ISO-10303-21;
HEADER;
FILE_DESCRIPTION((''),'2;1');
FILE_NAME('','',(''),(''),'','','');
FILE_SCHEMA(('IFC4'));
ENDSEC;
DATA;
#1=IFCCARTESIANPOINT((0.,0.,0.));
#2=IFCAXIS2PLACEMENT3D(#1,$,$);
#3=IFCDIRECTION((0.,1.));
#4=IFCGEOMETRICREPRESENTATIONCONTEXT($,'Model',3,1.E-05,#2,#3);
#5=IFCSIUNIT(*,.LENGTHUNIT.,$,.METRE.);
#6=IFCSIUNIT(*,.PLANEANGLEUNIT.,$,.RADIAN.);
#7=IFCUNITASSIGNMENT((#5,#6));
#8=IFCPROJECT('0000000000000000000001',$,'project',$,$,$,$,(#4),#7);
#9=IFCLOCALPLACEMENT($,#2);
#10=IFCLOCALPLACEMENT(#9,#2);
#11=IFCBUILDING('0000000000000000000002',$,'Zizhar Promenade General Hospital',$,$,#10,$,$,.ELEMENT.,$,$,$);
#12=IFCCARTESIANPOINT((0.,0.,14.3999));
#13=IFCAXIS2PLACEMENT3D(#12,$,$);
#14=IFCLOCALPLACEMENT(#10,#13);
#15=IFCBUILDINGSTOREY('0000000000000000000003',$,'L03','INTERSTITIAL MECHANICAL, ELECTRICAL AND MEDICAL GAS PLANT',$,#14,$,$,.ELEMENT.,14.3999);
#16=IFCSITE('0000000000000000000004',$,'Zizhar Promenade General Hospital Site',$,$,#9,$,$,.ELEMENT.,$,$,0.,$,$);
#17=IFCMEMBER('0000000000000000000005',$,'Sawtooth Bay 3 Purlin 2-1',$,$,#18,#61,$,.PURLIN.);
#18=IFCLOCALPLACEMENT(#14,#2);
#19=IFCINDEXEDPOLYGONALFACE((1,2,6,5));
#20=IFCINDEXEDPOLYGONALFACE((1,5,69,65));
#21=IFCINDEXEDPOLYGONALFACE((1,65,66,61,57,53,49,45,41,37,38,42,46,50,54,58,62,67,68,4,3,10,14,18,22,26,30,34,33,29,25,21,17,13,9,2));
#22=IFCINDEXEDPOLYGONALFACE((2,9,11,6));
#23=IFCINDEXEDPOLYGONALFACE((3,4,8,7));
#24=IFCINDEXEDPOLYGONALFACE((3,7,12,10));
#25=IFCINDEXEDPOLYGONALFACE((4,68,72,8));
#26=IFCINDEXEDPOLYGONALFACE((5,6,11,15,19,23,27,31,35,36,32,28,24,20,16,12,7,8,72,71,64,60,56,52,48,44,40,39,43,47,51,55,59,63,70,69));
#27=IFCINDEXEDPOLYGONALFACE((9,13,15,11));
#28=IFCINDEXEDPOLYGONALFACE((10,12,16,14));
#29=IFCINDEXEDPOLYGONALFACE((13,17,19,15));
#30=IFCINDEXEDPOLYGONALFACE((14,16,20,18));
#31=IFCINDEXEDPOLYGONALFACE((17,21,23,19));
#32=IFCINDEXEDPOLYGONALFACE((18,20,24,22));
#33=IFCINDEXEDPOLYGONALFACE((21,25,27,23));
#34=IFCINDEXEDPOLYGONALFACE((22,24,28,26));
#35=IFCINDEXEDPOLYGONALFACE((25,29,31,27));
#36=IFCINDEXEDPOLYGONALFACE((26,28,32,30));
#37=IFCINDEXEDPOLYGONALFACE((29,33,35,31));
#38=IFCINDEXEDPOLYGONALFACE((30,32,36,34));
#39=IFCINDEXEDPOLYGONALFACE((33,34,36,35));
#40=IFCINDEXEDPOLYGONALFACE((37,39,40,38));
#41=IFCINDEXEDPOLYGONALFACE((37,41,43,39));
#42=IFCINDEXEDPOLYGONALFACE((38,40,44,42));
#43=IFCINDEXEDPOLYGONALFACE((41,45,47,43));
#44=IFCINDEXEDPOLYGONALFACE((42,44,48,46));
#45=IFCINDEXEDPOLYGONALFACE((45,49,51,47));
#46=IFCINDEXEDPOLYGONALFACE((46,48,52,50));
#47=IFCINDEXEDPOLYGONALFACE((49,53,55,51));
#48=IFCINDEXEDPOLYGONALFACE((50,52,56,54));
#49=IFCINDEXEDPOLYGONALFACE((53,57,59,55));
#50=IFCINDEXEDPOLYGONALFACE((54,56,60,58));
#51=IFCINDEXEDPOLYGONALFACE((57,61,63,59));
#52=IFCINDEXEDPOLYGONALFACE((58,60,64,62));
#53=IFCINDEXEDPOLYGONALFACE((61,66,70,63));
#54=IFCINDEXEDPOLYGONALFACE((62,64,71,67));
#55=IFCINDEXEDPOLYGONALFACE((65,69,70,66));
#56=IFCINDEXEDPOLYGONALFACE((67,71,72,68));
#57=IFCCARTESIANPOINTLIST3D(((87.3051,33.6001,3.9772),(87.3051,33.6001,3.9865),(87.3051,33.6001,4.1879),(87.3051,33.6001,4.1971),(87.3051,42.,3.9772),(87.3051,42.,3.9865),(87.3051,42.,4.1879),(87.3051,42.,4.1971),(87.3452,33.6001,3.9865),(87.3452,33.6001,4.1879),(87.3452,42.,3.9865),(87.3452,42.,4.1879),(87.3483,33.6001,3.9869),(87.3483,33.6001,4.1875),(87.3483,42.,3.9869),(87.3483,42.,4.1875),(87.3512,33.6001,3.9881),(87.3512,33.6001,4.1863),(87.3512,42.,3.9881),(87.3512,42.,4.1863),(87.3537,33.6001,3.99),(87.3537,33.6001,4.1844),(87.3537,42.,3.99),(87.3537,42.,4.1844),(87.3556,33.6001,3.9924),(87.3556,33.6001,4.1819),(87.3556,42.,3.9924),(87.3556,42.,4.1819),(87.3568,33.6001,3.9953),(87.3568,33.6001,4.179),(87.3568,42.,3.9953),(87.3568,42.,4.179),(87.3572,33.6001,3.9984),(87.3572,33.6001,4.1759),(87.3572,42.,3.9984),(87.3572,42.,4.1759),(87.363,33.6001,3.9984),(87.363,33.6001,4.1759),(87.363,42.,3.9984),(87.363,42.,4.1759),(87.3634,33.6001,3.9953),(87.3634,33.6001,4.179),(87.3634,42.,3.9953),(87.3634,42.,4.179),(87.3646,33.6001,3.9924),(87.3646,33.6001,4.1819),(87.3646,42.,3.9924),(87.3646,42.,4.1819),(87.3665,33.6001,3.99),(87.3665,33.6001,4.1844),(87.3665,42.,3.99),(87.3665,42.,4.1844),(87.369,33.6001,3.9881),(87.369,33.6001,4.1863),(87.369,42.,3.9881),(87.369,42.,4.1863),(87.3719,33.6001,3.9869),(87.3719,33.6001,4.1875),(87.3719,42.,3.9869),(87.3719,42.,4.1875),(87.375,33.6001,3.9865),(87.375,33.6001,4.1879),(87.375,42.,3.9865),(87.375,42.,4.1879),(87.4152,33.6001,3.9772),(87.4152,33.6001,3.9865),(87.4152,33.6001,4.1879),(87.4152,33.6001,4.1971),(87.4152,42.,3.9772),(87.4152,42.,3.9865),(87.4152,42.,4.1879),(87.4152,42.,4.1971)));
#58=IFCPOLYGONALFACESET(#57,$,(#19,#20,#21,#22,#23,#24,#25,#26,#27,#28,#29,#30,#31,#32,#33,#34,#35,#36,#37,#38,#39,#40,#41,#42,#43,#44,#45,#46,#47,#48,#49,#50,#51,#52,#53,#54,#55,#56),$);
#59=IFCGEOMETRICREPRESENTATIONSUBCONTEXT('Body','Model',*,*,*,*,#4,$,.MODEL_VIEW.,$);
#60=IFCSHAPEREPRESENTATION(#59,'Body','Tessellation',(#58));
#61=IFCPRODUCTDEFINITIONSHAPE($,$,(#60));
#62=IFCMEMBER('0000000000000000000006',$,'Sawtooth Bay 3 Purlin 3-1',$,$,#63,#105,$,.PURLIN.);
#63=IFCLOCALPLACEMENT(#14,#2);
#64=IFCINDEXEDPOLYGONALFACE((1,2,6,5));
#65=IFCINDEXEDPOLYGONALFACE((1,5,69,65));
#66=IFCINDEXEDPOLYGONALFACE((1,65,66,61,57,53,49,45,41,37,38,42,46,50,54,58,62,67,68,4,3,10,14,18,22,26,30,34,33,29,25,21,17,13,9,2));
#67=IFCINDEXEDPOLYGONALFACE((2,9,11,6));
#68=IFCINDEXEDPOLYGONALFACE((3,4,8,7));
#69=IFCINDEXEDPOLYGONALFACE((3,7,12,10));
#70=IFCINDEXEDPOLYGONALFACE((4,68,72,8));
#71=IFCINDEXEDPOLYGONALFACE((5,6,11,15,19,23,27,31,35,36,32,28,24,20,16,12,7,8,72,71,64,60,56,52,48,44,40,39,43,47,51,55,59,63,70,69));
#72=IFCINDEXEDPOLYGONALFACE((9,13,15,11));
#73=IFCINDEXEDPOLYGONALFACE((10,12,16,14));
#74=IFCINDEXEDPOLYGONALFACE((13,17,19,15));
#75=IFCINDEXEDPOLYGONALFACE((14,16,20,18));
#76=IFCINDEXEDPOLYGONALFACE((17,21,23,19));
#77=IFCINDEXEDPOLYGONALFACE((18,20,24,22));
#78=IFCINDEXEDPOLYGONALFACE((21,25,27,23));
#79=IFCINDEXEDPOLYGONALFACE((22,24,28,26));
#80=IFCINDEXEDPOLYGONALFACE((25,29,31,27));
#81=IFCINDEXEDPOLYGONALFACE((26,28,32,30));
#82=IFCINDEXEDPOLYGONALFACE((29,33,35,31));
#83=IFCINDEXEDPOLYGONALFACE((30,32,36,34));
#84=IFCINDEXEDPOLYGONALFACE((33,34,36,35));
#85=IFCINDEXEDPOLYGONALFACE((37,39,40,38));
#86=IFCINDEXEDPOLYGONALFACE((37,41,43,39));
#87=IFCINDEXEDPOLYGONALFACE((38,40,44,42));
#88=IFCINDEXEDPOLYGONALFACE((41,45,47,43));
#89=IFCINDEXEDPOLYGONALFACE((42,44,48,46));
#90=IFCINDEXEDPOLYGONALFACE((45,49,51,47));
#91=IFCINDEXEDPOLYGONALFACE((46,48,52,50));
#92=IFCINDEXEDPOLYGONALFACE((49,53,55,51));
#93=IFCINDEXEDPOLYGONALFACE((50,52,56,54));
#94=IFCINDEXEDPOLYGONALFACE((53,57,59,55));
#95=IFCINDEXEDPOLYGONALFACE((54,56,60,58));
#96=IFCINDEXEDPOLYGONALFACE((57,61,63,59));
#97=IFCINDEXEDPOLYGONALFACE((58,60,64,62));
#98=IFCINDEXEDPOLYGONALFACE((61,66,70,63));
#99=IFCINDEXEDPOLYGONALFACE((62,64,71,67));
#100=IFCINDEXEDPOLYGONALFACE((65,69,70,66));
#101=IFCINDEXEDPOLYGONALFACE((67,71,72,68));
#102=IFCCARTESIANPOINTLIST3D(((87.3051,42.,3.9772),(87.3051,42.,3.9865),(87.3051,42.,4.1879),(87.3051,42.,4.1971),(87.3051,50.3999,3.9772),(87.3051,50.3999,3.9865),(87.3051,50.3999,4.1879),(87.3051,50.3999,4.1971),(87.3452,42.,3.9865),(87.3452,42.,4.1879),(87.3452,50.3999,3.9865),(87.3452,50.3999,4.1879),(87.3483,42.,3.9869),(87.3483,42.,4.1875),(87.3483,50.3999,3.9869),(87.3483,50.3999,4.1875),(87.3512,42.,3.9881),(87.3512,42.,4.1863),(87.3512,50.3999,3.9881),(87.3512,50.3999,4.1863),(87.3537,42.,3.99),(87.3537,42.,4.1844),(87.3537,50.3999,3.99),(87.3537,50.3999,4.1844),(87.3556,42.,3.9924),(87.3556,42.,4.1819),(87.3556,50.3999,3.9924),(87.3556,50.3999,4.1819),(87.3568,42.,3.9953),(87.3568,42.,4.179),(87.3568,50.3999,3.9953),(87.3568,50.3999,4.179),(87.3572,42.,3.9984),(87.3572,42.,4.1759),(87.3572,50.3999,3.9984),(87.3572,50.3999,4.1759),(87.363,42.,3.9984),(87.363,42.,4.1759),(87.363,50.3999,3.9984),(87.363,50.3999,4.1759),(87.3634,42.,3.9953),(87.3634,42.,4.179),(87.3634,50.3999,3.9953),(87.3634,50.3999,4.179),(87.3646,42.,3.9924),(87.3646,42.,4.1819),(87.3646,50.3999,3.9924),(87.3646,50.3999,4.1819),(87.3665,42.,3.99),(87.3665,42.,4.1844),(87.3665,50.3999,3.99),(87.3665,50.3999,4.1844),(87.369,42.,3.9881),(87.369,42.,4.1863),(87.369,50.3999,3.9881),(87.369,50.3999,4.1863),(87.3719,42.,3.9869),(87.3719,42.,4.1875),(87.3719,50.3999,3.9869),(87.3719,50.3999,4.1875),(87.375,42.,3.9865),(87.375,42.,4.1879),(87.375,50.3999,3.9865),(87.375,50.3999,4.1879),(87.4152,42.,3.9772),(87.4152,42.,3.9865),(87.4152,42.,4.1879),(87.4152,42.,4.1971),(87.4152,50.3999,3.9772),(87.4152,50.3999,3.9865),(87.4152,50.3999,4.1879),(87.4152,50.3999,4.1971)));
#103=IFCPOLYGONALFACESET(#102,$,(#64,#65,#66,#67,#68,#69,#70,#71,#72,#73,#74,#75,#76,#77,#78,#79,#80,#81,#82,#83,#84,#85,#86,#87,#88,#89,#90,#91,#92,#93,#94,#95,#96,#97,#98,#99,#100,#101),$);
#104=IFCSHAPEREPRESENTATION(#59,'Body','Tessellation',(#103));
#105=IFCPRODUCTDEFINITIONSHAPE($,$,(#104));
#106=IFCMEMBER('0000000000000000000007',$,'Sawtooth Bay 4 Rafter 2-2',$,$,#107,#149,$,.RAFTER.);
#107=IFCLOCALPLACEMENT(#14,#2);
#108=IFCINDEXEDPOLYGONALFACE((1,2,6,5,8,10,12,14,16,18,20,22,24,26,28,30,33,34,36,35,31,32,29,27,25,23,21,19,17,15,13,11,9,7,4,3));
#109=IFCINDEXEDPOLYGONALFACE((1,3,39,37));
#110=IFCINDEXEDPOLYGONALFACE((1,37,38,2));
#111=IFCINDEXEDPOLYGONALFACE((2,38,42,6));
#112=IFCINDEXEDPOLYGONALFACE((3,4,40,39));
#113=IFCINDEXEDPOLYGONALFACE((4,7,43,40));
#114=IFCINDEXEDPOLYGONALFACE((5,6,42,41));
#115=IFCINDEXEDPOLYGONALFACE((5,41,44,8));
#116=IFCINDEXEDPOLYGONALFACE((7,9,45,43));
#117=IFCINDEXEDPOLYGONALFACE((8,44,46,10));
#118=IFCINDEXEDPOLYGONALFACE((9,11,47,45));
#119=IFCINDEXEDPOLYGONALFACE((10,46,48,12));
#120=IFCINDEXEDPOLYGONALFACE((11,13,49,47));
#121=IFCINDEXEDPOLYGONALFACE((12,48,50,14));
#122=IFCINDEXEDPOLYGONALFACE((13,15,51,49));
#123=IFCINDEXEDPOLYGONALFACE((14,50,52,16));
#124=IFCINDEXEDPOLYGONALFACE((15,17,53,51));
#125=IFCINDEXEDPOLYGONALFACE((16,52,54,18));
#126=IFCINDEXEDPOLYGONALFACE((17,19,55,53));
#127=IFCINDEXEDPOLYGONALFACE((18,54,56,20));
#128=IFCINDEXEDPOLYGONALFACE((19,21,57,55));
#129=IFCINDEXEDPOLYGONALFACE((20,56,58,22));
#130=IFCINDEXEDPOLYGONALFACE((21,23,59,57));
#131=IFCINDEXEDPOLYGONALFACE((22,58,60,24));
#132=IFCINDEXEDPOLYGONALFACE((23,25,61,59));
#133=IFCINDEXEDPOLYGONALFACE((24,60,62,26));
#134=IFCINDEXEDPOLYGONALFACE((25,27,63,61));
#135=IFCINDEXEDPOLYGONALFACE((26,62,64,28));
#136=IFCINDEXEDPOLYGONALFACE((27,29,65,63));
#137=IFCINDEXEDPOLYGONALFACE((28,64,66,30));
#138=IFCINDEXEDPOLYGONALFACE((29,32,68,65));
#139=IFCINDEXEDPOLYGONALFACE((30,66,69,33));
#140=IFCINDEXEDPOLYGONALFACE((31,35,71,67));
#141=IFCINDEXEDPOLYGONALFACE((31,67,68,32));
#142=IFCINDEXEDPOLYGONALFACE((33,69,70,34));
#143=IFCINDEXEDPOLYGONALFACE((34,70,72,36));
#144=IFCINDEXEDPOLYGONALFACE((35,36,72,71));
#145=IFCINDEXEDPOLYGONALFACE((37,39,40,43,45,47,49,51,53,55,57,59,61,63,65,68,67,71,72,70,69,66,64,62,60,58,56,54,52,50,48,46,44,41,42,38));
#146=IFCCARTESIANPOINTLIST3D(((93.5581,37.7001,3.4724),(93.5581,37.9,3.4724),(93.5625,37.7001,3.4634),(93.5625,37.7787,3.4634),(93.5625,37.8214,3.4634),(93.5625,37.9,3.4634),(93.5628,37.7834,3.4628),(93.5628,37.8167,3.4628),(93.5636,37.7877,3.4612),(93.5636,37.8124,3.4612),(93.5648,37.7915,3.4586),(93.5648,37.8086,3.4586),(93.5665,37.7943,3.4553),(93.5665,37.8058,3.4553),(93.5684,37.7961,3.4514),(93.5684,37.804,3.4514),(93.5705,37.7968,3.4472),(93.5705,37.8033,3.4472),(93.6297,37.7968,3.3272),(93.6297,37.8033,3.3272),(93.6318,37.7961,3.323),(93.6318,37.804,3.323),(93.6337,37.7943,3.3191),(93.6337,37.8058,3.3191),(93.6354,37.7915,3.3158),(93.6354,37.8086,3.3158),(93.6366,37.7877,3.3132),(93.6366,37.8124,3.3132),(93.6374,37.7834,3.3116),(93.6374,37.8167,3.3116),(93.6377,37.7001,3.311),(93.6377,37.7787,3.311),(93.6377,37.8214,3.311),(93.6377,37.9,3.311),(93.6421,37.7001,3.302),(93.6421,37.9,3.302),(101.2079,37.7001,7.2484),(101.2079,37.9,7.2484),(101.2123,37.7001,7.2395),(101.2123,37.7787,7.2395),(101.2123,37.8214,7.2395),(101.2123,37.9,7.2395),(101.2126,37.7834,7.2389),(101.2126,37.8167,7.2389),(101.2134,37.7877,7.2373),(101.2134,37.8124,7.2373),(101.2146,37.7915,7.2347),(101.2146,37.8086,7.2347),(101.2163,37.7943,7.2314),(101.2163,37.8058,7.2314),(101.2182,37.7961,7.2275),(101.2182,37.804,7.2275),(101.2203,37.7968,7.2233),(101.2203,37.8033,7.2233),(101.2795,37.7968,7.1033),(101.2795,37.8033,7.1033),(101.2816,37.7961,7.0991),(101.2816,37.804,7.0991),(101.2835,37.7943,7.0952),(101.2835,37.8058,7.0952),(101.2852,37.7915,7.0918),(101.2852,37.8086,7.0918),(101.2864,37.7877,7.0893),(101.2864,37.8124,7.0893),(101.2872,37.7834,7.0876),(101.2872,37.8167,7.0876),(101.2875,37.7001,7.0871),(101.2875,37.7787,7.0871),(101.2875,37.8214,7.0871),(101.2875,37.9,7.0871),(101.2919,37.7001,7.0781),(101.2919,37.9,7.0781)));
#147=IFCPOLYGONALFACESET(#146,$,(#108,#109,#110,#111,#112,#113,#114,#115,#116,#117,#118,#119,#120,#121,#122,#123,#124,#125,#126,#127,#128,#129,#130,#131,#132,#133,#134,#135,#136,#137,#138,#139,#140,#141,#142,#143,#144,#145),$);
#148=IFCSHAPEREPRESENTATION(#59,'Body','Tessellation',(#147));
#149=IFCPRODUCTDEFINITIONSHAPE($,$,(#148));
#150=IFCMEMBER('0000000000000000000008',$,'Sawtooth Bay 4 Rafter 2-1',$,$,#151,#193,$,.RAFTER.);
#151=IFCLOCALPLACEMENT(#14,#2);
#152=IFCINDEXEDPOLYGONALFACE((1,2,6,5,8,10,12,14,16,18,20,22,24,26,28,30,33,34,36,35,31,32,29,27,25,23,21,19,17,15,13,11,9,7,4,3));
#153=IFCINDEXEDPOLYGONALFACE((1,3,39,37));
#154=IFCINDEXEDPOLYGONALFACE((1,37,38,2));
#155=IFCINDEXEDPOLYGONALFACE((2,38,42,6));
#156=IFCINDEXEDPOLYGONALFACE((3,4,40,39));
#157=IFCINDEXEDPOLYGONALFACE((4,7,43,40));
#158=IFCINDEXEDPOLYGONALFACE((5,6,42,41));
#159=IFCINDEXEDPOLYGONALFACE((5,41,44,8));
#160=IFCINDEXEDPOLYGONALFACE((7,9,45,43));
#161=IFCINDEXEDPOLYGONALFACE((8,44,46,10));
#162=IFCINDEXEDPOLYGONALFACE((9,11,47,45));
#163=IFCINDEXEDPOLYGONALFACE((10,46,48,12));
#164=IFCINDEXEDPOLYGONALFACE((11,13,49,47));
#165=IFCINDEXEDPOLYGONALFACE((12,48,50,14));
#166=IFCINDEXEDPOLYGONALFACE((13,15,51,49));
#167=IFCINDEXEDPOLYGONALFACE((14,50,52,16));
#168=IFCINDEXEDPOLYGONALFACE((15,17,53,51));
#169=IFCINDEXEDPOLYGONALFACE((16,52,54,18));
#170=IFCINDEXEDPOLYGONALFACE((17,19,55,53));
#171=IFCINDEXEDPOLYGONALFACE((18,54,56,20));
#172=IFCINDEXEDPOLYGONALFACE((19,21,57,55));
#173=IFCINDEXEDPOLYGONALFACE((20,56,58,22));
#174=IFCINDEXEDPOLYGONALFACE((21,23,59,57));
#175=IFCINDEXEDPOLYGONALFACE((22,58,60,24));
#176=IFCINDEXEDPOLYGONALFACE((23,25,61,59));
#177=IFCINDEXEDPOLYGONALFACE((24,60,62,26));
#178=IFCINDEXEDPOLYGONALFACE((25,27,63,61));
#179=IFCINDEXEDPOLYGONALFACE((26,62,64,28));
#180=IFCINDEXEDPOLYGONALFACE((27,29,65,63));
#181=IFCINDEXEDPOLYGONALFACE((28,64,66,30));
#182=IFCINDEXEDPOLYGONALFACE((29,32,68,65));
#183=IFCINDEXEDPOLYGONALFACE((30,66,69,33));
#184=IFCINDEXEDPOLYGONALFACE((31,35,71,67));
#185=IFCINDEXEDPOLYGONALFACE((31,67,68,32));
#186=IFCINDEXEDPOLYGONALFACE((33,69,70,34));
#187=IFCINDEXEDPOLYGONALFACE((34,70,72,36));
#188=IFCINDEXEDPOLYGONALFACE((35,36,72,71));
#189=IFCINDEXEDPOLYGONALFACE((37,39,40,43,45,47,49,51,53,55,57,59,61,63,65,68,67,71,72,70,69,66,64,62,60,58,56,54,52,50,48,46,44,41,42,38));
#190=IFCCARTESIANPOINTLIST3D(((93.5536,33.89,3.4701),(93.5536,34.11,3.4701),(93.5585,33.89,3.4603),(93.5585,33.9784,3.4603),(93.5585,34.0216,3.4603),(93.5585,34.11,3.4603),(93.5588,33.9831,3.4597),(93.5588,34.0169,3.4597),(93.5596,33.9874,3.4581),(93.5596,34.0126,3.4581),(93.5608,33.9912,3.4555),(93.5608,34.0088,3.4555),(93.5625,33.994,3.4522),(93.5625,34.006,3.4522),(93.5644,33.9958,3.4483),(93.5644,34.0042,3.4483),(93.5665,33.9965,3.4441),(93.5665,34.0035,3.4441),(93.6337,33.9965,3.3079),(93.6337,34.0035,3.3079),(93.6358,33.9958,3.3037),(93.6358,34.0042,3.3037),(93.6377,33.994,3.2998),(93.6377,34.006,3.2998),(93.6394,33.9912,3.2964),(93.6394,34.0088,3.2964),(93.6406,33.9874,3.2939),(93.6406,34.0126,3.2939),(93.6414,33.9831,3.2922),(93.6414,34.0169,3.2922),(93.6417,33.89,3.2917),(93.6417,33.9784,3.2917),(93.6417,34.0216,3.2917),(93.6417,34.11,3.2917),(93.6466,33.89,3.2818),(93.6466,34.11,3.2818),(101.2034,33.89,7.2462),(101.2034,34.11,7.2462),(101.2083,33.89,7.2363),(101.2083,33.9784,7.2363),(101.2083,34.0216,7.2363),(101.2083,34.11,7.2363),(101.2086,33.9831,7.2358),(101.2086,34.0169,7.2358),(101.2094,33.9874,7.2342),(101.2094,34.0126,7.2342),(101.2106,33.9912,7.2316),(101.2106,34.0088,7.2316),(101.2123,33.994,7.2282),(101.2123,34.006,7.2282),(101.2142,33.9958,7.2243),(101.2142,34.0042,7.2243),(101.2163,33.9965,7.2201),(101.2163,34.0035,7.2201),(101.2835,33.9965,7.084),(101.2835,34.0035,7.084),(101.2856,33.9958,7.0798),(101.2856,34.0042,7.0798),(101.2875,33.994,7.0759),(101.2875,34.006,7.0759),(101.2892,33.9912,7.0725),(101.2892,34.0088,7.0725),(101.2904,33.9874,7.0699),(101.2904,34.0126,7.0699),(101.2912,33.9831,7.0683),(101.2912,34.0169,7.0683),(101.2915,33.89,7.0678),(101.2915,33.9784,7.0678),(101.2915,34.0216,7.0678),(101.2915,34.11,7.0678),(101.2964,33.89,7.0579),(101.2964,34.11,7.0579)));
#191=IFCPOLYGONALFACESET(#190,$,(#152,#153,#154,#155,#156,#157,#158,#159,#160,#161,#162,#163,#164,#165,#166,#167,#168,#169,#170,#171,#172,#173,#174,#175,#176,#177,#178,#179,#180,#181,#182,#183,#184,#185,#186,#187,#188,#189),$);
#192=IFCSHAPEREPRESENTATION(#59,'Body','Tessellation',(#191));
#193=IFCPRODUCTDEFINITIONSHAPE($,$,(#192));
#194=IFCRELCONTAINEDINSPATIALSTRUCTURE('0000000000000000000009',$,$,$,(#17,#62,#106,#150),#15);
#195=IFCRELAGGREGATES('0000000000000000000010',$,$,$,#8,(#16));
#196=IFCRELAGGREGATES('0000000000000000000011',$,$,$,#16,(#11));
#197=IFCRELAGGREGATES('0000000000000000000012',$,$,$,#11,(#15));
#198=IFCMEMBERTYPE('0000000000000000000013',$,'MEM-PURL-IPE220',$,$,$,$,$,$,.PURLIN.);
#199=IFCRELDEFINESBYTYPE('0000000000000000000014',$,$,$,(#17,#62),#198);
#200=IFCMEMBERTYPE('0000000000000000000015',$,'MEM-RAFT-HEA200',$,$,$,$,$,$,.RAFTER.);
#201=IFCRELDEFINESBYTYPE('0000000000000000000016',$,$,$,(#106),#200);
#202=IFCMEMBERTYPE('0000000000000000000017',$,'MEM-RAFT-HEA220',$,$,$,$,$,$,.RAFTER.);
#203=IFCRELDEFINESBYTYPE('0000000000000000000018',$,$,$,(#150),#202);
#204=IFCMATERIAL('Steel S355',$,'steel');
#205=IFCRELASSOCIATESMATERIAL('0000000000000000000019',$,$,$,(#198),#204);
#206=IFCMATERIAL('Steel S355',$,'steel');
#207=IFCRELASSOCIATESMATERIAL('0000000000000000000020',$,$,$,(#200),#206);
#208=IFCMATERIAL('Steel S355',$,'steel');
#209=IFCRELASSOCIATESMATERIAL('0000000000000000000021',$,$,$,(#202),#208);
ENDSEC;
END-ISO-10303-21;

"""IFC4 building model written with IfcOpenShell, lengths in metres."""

from ifc_helpers import new_model, si_unit, direction, frame, origin, origin_2d, place, context, subcontext, project, spatial, i_section, extrude, material, material_profile, profile_set, type_object, element, save


model = new_model("IFC4")

# Units and contexts
model_context = context("Model", 3, precision=1e-05, world=origin(), true_north=direction((0.0, 1.0)))
body_context = subcontext(model_context, "Body", "Model", "MODEL_VIEW")
ifc_project = project(units=[si_unit("LENGTHUNIT", "METRE"), si_unit("PLANEANGLEUNIT", "RADIAN")], contexts=[model_context])

# Site, building, storey
site_placement = place(None, origin())
site = spatial("IfcSite", under=ifc_project, at=site_placement, Name="Zizhar Promenade General Hospital Site", CompositionType="ELEMENT", RefElevation=0.0)
building_placement = place(site_placement, origin())
building = spatial("IfcBuilding", under=site, at=building_placement, Name="Zizhar Promenade General Hospital", CompositionType="ELEMENT")
storey_placement = place(building_placement, frame((0.0, 0.0, 14.3999)))
storey = spatial("IfcBuildingStorey", under=building, at=storey_placement, Name="L03", Description="INTERSTITIAL MECHANICAL, ELECTRICAL AND MEDICAL GAS PLANT", CompositionType="ELEMENT", Elevation=14.3999)

# Members
ifc_material_1 = material(Name="Steel S355", Category="steel")
ifc_material_profile_1 = material_profile(ifc_material_1, i_section(OverallWidth=0.1101, OverallDepth=0.22, WebThickness=0.0059, FlangeThickness=0.0093, FilletRadius=0.012, at=origin_2d()))
ifc_profile_set_1 = profile_set([ifc_material_profile_1], Name="Steel S355")
member_type_1 = type_object("IfcMemberType", Name="MEM-PURL-IPE220", PredefinedType="PURLIN", material=ifc_profile_set_1)
for number, where, z_axis, x_axis, name in (
    (1, (87.3601, 33.6001, 4.0872), (0.0, 1.0, 0.0), (-1.0, 0.0, 0.0), "Sawtooth Bay 3 Purlin 2-1"),
    (2, (87.3601, 42.0, 4.0872), (0.0, 1.0, 0.0), (-1.0, 0.0, 0.0), "Sawtooth Bay 3 Purlin 3-1"),
):
    element("IfcMember", number, at=place(storey_placement, frame(where, z_axis=z_axis, x_axis=x_axis)), inside=storey, type_object=member_type_1, Name=name, PredefinedType="PURLIN", context=body_context, shape_type="SweptSolid", body=[
        extrude(i_section(OverallWidth=0.1101, OverallDepth=0.22, WebThickness=0.0059, FlangeThickness=0.0093, FilletRadius=0.012, at=origin_2d()), origin(), (0.0, 0.0, 1.0), 8.3999),
    ])
ifc_material_2 = material(Name="Steel S355", Category="steel")
ifc_material_profile_2 = material_profile(ifc_material_2, i_section(OverallWidth=0.2, OverallDepth=0.1899, WebThickness=0.0066, FlangeThickness=0.01, FilletRadius=0.0181, at=origin_2d()))
ifc_profile_set_2 = profile_set([ifc_material_profile_2], Name="Steel S355")
member_type_2 = type_object("IfcMemberType", Name="MEM-RAFT-HEA200", PredefinedType="RAFTER", material=ifc_profile_set_2)
member_1_placement = place(storey_placement, frame((93.6001, 37.8, 3.3872), z_axis=(0.896705, 0.0, 0.442629), x_axis=(0.0, 1.0, 0.0)))
element("IfcMember", 3, at=member_1_placement, inside=storey, type_object=member_type_2, Name="Sawtooth Bay 4 Rafter 2-2", PredefinedType="RAFTER", context=body_context, shape_type="SweptSolid", body=[
    extrude(i_section(OverallWidth=0.2, OverallDepth=0.1899, WebThickness=0.0066, FlangeThickness=0.01, FilletRadius=0.0181, at=origin_2d()), origin(), (0.0, 0.0, 1.0), 8.531),
])
ifc_material_3 = material(Name="Steel S355", Category="steel")
ifc_material_profile_3 = material_profile(ifc_material_3, i_section(OverallWidth=0.22, OverallDepth=0.21, WebThickness=0.0071, FlangeThickness=0.011, FilletRadius=0.0181, at=origin_2d()))
ifc_profile_set_3 = profile_set([ifc_material_profile_3], Name="Steel S355")
member_type_3 = type_object("IfcMemberType", Name="MEM-RAFT-HEA220", PredefinedType="RAFTER", material=ifc_profile_set_3)
member_2_placement = place(storey_placement, frame((93.6001, 34.0, 3.376), z_axis=(0.896705, 0.0, 0.442629), x_axis=(0.0, 1.0, 0.0)))
element("IfcMember", 4, at=member_2_placement, inside=storey, type_object=member_type_3, Name="Sawtooth Bay 4 Rafter 2-1", PredefinedType="RAFTER", context=body_context, shape_type="SweptSolid", body=[
    extrude(i_section(OverallWidth=0.22, OverallDepth=0.21, WebThickness=0.0071, FlangeThickness=0.011, FilletRadius=0.0181, at=origin_2d()), origin(), (0.0, 0.0, 1.0), 8.531),
])

save(model, "model.ifc")
